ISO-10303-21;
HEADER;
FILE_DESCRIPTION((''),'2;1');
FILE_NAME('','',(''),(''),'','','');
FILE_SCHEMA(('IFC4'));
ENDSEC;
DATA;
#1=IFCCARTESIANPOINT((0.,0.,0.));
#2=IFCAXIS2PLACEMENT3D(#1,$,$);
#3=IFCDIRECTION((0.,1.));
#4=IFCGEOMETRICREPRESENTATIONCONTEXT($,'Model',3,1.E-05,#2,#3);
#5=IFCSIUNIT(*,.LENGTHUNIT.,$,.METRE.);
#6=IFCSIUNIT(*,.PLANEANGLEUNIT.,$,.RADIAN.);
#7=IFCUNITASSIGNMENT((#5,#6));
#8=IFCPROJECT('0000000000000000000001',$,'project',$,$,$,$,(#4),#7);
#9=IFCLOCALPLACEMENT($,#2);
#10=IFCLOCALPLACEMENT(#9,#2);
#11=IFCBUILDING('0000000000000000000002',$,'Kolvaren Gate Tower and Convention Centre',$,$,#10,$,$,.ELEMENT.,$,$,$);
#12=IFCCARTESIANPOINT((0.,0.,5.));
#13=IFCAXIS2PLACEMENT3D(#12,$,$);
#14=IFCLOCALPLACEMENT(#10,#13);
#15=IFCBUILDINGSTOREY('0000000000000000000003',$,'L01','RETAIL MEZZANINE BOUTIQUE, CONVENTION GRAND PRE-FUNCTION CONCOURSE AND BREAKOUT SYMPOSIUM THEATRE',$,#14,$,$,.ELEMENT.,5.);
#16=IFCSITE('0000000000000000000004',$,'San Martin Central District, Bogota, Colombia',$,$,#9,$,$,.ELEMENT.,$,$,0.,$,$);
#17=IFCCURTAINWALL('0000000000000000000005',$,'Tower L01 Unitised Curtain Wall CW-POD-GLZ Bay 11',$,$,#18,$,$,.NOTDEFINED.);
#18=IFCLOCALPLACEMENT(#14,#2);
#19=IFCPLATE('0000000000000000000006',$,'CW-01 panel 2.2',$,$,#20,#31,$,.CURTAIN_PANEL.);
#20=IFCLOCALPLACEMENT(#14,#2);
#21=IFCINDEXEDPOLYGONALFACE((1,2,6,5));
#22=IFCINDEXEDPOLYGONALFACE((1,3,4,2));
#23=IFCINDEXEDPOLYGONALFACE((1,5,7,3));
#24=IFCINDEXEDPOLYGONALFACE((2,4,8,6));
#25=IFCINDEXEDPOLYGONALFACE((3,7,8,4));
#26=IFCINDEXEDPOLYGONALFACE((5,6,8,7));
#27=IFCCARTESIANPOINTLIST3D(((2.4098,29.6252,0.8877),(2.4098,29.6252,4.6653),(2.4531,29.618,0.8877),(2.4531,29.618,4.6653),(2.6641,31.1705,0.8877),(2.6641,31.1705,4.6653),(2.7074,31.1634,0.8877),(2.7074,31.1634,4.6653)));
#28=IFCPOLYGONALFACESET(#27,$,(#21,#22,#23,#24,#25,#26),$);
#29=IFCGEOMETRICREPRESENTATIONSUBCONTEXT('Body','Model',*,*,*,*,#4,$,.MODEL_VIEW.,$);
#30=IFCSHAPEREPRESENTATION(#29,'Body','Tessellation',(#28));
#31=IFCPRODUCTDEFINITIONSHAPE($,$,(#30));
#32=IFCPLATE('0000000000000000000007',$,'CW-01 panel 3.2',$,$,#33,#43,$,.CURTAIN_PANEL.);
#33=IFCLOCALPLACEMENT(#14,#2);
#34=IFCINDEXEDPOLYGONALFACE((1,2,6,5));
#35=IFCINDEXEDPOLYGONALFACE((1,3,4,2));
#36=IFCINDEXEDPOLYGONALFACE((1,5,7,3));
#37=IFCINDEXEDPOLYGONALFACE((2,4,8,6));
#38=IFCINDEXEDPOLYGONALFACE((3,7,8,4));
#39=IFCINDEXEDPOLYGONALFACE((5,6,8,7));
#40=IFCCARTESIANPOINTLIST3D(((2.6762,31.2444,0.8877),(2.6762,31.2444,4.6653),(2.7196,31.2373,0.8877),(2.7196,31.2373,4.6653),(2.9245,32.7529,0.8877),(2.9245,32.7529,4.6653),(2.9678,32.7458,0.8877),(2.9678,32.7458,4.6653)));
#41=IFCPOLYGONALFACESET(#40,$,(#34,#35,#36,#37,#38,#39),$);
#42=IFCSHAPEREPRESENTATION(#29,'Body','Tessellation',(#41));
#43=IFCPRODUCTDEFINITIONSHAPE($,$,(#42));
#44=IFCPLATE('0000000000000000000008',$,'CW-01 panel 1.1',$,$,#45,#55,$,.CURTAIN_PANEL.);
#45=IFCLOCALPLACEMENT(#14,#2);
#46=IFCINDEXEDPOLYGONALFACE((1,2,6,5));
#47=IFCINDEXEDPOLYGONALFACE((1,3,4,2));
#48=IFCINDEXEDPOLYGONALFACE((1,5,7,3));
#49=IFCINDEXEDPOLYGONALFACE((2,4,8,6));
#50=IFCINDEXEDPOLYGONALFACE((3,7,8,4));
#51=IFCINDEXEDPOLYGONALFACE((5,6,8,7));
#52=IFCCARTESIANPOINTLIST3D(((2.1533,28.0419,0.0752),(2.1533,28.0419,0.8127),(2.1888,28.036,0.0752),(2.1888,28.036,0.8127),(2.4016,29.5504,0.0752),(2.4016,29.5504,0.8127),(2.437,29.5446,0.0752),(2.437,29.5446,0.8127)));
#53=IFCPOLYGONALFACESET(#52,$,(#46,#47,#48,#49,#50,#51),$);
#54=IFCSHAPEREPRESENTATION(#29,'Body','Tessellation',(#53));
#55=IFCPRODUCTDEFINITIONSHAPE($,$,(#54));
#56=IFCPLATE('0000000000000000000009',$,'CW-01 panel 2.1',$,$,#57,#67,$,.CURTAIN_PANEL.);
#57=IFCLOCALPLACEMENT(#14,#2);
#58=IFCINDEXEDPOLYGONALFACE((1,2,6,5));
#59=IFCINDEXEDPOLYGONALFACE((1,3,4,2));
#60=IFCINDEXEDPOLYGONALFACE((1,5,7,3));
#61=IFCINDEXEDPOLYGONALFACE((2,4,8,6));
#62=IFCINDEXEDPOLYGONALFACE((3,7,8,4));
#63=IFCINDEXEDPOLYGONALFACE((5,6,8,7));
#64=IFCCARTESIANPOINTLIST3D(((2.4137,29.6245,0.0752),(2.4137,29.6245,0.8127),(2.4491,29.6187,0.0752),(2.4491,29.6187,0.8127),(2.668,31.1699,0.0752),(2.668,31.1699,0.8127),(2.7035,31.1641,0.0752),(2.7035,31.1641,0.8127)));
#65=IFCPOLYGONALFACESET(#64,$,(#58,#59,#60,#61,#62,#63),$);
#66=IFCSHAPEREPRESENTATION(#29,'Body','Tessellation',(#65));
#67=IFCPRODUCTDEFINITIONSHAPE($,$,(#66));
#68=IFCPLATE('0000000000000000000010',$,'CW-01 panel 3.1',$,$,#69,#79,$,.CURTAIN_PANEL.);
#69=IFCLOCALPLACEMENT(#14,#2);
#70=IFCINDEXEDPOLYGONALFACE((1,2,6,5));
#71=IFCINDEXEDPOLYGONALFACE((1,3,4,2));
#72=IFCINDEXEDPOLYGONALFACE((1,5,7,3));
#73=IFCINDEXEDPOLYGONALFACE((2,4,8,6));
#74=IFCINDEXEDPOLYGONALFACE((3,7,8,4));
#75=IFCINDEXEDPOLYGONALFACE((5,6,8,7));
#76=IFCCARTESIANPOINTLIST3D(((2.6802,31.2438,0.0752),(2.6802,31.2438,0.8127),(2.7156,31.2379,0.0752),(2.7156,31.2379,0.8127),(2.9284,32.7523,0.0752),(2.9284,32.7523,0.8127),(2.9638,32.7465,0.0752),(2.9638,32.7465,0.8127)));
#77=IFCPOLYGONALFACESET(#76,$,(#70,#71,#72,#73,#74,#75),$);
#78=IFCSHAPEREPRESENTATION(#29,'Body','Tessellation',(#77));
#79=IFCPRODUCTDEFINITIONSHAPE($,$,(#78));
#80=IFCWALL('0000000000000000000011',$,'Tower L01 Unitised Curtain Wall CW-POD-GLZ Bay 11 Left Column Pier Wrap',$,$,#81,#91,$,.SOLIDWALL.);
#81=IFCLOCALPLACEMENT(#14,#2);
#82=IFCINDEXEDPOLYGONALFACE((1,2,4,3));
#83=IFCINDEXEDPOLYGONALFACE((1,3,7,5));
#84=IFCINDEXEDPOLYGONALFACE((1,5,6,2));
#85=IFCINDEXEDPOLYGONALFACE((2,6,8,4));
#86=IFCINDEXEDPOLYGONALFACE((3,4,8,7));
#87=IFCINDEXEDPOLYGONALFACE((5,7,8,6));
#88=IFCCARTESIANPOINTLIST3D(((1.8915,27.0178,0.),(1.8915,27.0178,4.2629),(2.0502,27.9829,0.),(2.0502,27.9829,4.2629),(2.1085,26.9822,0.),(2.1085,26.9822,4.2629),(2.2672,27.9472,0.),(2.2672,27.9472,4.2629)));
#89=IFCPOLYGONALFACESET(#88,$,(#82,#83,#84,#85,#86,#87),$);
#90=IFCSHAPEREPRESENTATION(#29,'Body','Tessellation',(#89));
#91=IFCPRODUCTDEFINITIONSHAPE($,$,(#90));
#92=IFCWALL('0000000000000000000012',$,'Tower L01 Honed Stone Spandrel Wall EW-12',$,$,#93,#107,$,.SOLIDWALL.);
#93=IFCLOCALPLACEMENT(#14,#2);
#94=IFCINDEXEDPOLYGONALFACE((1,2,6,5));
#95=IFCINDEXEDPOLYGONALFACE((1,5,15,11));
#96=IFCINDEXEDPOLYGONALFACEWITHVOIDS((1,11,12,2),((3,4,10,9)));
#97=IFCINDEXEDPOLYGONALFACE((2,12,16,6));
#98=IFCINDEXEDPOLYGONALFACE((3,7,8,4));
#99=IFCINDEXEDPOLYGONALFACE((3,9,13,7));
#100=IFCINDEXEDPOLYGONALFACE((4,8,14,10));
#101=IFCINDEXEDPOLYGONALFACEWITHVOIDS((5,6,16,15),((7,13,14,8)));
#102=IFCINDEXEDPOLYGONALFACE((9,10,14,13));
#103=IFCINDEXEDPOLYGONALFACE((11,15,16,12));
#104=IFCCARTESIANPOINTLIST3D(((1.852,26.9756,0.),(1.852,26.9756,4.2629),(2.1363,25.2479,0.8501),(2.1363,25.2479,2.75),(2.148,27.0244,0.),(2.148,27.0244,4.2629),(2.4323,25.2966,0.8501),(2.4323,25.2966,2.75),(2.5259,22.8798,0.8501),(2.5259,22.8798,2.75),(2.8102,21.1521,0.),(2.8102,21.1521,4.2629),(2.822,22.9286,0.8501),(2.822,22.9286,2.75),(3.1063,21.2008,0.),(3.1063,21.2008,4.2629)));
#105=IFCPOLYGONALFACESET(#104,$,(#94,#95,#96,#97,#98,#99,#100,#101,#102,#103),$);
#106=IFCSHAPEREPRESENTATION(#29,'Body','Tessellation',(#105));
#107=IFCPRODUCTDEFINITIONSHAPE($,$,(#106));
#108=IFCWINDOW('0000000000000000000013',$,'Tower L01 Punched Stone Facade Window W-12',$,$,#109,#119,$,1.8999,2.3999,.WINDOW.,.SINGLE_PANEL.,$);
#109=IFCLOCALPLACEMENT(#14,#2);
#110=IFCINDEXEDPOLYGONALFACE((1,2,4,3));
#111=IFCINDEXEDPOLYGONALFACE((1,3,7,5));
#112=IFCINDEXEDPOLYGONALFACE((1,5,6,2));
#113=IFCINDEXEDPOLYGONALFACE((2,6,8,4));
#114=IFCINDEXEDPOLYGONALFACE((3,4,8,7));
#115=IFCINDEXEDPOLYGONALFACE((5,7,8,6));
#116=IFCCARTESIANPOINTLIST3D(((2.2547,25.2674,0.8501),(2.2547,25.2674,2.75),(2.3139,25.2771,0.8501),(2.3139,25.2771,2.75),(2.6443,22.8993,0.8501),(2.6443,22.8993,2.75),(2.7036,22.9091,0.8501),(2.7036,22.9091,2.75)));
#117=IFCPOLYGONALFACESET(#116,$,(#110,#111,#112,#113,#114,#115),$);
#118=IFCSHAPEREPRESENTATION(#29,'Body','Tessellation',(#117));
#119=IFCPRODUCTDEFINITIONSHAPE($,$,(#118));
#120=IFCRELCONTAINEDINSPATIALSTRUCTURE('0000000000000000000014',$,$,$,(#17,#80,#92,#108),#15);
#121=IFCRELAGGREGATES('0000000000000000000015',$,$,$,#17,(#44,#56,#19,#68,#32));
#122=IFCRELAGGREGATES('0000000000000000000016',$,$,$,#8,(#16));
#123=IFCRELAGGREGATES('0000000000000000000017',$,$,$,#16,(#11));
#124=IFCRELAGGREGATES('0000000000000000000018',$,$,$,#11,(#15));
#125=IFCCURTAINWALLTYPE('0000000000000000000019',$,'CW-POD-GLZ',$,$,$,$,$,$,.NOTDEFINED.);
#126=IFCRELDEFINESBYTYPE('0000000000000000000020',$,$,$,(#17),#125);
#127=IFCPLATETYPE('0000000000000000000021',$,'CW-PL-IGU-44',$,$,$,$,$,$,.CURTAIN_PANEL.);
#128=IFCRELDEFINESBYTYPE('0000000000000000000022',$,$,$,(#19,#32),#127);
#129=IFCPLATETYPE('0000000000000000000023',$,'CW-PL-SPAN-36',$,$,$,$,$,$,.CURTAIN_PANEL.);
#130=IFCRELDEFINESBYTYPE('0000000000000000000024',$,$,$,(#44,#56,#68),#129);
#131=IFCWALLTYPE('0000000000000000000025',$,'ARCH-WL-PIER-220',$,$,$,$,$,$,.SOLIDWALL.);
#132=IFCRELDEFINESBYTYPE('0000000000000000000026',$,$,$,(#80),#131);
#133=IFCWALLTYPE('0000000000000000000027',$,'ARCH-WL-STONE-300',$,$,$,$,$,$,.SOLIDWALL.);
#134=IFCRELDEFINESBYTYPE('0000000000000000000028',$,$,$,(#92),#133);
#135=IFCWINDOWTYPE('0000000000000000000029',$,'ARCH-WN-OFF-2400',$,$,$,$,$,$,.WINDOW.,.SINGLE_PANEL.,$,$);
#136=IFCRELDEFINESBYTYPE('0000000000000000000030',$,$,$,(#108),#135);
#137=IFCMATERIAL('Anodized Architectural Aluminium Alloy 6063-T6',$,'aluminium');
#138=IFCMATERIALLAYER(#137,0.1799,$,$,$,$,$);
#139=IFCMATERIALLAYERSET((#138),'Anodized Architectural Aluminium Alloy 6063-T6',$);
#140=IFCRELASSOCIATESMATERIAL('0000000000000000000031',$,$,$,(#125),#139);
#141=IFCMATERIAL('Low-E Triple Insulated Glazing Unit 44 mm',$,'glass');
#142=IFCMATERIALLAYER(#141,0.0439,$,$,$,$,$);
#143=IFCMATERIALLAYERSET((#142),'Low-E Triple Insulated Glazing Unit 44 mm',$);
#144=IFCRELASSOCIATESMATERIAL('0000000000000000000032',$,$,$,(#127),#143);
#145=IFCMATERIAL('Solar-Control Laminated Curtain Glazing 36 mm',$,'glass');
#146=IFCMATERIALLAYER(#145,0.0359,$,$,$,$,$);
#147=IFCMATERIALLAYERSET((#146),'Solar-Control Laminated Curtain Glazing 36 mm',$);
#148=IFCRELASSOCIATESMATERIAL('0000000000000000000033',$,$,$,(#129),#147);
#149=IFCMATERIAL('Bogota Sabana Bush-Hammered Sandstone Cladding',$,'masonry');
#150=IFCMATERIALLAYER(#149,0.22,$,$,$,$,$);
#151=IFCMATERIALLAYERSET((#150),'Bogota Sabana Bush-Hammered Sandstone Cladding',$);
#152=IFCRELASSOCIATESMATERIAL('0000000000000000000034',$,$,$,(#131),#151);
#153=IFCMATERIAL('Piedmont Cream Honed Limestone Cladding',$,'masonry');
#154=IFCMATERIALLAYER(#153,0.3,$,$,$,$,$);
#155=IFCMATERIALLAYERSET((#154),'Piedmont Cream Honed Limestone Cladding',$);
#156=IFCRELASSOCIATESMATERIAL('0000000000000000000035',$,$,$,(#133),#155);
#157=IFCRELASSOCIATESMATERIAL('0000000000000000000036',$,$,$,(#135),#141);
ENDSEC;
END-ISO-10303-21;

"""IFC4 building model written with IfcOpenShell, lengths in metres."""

from ifc_helpers import new_model, si_unit, direction, frame, frame_2d, origin, origin_2d, place, context, subcontext, project, spatial, rectangle, extrude, material, layer, layer_set, type_object, element, fill, aggregate, save


model = new_model("IFC4")

# Units and contexts
model_context = context("Model", 3, precision=1e-05, world=origin(), true_north=direction((0.0, 1.0)))
body_context = subcontext(model_context, "Body", "Model", "MODEL_VIEW")
ifc_project = project(units=[si_unit("LENGTHUNIT", "METRE"), si_unit("PLANEANGLEUNIT", "RADIAN")], contexts=[model_context])

# Site, building, storey
site_placement = place(None, origin())
site = spatial("IfcSite", under=ifc_project, at=site_placement, Name="San Martin Central District, Bogota, Colombia", CompositionType="ELEMENT", RefElevation=0.0)
building_placement = place(site_placement, origin())
building = spatial("IfcBuilding", under=site, at=building_placement, Name="Kolvaren Gate Tower and Convention Centre", CompositionType="ELEMENT")
storey_placement = place(building_placement, frame((0.0, 0.0, 5.0)))
storey = spatial("IfcBuildingStorey", under=building, at=storey_placement, Name="L01", Description="RETAIL MEZZANINE BOUTIQUE, CONVENTION GRAND PRE-FUNCTION CONCOURSE AND BREAKOUT SYMPOSIUM THEATRE", CompositionType="ELEMENT", Elevation=5.0)

# Curtain wall, plates
ifc_material_1 = material(Name="Anodized Architectural Aluminium Alloy 6063-T6", Category="aluminium")
ifc_layer_1 = layer(ifc_material_1, 0.1799)
ifc_layer_set_1 = layer_set([ifc_layer_1], Name="Anodized Architectural Aluminium Alloy 6063-T6")
curtain_wall_type = type_object("IfcCurtainWallType", Name="CW-POD-GLZ", PredefinedType="NOTDEFINED", material=ifc_layer_set_1)
curtain_wall_placement = place(storey_placement, origin())
curtain_wall = element("IfcCurtainWall", 1, at=curtain_wall_placement, inside=storey, type_object=curtain_wall_type, Name="Tower L01 Unitised Curtain Wall CW-POD-GLZ Bay 11", PredefinedType="NOTDEFINED")
ifc_material_2 = material(Name="Low-E Triple Insulated Glazing Unit 44 mm", Category="glass")
ifc_layer_2 = layer(ifc_material_2, 0.0439)
ifc_layer_set_2 = layer_set([ifc_layer_2], Name="Low-E Triple Insulated Glazing Unit 44 mm")
plate_type_1 = type_object("IfcPlateType", Name="CW-PL-IGU-44", PredefinedType="CURTAIN_PANEL", material=ifc_layer_set_2)
plate_1_placement = place(storey_placement, frame((2.5586, 30.3943, 0.8877), z_axis=(0.0, 0.0, 1.0), x_axis=(0.162376, 0.986729, 0.0)))
plate_1 = element("IfcPlate", 2, at=plate_1_placement, type_object=plate_type_1, Name="CW-01 panel 2.2", PredefinedType="CURTAIN_PANEL", context=body_context, shape_type="SweptSolid", body=[
    extrude(rectangle(XDim=1.5662, YDim=0.0439, at=origin_2d()), origin(), (0.0, 0.0, 1.0), 3.7776),
])
plate_2_placement = place(storey_placement, frame((2.822, 31.9951, 0.8877), z_axis=(0.0, 0.0, 1.0), x_axis=(0.162376, 0.986729, 0.0)))
plate_2 = element("IfcPlate", 3, at=plate_2_placement, type_object=plate_type_1, Name="CW-01 panel 3.2", PredefinedType="CURTAIN_PANEL", context=body_context, shape_type="SweptSolid", body=[
    extrude(rectangle(XDim=1.5288, YDim=0.0439, at=origin_2d()), origin(), (0.0, 0.0, 1.0), 3.7776),
])
ifc_material_3 = material(Name="Solar-Control Laminated Curtain Glazing 36 mm", Category="glass")
ifc_layer_3 = layer(ifc_material_3, 0.0359)
ifc_layer_set_3 = layer_set([ifc_layer_3], Name="Solar-Control Laminated Curtain Glazing 36 mm")
plate_type_2 = type_object("IfcPlateType", Name="CW-PL-SPAN-36", PredefinedType="CURTAIN_PANEL", material=ifc_layer_set_3)
plate_3_placement = place(storey_placement, frame((2.2952, 28.7932, 0.0752), z_axis=(0.0, 0.0, 1.0), x_axis=(0.162376, 0.986729, 0.0)))
plate_3 = element("IfcPlate", 4, at=plate_3_placement, type_object=plate_type_2, Name="CW-01 panel 1.1", PredefinedType="CURTAIN_PANEL", context=body_context, shape_type="SweptSolid", body=[
    extrude(rectangle(XDim=1.5288, YDim=0.0359, at=origin_2d()), origin(), (0.0, 0.0, 1.0), 0.7375),
])
plate_4_placement = place(storey_placement, frame((2.5586, 30.3943, 0.0752), z_axis=(0.0, 0.0, 1.0), x_axis=(0.162376, 0.986729, 0.0)))
plate_4 = element("IfcPlate", 5, at=plate_4_placement, type_object=plate_type_2, Name="CW-01 panel 2.1", PredefinedType="CURTAIN_PANEL", context=body_context, shape_type="SweptSolid", body=[
    extrude(rectangle(XDim=1.5662, YDim=0.0359, at=origin_2d()), origin(), (0.0, 0.0, 1.0), 0.7375),
])
plate_5_placement = place(storey_placement, frame((2.822, 31.9951, 0.0752), z_axis=(0.0, 0.0, 1.0), x_axis=(0.162376, 0.986729, 0.0)))
plate_5 = element("IfcPlate", 6, at=plate_5_placement, type_object=plate_type_2, Name="CW-01 panel 3.1", PredefinedType="CURTAIN_PANEL", context=body_context, shape_type="SweptSolid", body=[
    extrude(rectangle(XDim=1.5288, YDim=0.0359, at=origin_2d()), origin(), (0.0, 0.0, 1.0), 0.7375),
])
aggregate(curtain_wall, [plate_3, plate_4, plate_1, plate_5, plate_2])

# Wall
ifc_material_4 = material(Name="Bogota Sabana Bush-Hammered Sandstone Cladding", Category="masonry")
ifc_layer_4 = layer(ifc_material_4, 0.22)
ifc_layer_set_4 = layer_set([ifc_layer_4], Name="Bogota Sabana Bush-Hammered Sandstone Cladding")
wall_type_1 = type_object("IfcWallType", Name="ARCH-WL-PIER-220", PredefinedType="SOLIDWALL", material=ifc_layer_set_4)
wall_1_placement = place(storey_placement, frame((2.0, 27.0, 0.0), z_axis=(0.0, 0.0, 1.0), x_axis=(0.162253, 0.986749, 0.0)))
element("IfcWall", 7, at=wall_1_placement, inside=storey, type_object=wall_type_1, Name="Tower L01 Unitised Curtain Wall CW-POD-GLZ Bay 11 Left Column Pier Wrap", PredefinedType="SOLIDWALL", context=body_context, shape_type="SweptSolid", body=[
    extrude(rectangle(XDim=0.978, YDim=0.22, at=frame_2d((0.489, 0.0))), origin(), (0.0, 0.0, 1.0), 4.2629),
])

# Wall, opening, window
ifc_material_5 = material(Name="Piedmont Cream Honed Limestone Cladding", Category="masonry")
ifc_layer_5 = layer(ifc_material_5, 0.3)
ifc_layer_set_5 = layer_set([ifc_layer_5], Name="Piedmont Cream Honed Limestone Cladding")
wall_type_2 = type_object("IfcWallType", Name="ARCH-WL-STONE-300", PredefinedType="SOLIDWALL", material=ifc_layer_set_5)
wall_2_placement = place(storey_placement, frame((2.0, 27.0, 0.0), z_axis=(0.0, 0.0, 1.0), x_axis=(0.162366, -0.986731, 0.0)))
wall_2 = element("IfcWall", 8, at=wall_2_placement, inside=storey, type_object=wall_type_2, Name="Tower L01 Honed Stone Spandrel Wall EW-12", PredefinedType="SOLIDWALL", context=body_context, shape_type="SweptSolid", body=[
    extrude(rectangle(XDim=5.9019, YDim=0.3, at=frame_2d((2.9509, 0.0))), origin(), (0.0, 0.0, 1.0), 4.2629),
])
opening_placement = place(wall_2_placement, frame((1.751, 0.0, 0.8501)))
opening = element("IfcOpeningElement", 9, at=opening_placement, cuts=wall_2, PredefinedType="OPENING", context=body_context, shape_type="SweptSolid", body=[
    extrude(rectangle(XDim=2.3999, YDim=1.8999, at=frame_2d((1.2, 0.95))), frame((0.0, 0.1599, 0.0), z_axis=(0.0, -1.0, 0.0), x_axis=(1.0, 0.0, 0.0)), (0.0, 0.0, 1.0), 0.3201),
])
window_type = type_object("IfcWindowType", Name="ARCH-WN-OFF-2400", PartitioningType="SINGLE_PANEL", PredefinedType="WINDOW", material=ifc_material_2)
window_placement = place(opening_placement, origin())
window = element("IfcWindow", 10, at=window_placement, inside=storey, type_object=window_type, Name="Tower L01 Punched Stone Facade Window W-12", OverallHeight=1.8999, OverallWidth=2.3999, PartitioningType="SINGLE_PANEL", PredefinedType="WINDOW", context=body_context, shape_type="SweptSolid", body=[
    extrude(rectangle(XDim=2.3999, YDim=1.8999, at=frame_2d((1.2, 0.95))), frame((0.0, 0.03, 0.0), z_axis=(0.0, -1.0, 0.0), x_axis=(1.0, 0.0, 0.0)), (0.0, 0.0, 1.0), 0.0601),
])
fill(opening, window)

save(model, "model.ifc")
